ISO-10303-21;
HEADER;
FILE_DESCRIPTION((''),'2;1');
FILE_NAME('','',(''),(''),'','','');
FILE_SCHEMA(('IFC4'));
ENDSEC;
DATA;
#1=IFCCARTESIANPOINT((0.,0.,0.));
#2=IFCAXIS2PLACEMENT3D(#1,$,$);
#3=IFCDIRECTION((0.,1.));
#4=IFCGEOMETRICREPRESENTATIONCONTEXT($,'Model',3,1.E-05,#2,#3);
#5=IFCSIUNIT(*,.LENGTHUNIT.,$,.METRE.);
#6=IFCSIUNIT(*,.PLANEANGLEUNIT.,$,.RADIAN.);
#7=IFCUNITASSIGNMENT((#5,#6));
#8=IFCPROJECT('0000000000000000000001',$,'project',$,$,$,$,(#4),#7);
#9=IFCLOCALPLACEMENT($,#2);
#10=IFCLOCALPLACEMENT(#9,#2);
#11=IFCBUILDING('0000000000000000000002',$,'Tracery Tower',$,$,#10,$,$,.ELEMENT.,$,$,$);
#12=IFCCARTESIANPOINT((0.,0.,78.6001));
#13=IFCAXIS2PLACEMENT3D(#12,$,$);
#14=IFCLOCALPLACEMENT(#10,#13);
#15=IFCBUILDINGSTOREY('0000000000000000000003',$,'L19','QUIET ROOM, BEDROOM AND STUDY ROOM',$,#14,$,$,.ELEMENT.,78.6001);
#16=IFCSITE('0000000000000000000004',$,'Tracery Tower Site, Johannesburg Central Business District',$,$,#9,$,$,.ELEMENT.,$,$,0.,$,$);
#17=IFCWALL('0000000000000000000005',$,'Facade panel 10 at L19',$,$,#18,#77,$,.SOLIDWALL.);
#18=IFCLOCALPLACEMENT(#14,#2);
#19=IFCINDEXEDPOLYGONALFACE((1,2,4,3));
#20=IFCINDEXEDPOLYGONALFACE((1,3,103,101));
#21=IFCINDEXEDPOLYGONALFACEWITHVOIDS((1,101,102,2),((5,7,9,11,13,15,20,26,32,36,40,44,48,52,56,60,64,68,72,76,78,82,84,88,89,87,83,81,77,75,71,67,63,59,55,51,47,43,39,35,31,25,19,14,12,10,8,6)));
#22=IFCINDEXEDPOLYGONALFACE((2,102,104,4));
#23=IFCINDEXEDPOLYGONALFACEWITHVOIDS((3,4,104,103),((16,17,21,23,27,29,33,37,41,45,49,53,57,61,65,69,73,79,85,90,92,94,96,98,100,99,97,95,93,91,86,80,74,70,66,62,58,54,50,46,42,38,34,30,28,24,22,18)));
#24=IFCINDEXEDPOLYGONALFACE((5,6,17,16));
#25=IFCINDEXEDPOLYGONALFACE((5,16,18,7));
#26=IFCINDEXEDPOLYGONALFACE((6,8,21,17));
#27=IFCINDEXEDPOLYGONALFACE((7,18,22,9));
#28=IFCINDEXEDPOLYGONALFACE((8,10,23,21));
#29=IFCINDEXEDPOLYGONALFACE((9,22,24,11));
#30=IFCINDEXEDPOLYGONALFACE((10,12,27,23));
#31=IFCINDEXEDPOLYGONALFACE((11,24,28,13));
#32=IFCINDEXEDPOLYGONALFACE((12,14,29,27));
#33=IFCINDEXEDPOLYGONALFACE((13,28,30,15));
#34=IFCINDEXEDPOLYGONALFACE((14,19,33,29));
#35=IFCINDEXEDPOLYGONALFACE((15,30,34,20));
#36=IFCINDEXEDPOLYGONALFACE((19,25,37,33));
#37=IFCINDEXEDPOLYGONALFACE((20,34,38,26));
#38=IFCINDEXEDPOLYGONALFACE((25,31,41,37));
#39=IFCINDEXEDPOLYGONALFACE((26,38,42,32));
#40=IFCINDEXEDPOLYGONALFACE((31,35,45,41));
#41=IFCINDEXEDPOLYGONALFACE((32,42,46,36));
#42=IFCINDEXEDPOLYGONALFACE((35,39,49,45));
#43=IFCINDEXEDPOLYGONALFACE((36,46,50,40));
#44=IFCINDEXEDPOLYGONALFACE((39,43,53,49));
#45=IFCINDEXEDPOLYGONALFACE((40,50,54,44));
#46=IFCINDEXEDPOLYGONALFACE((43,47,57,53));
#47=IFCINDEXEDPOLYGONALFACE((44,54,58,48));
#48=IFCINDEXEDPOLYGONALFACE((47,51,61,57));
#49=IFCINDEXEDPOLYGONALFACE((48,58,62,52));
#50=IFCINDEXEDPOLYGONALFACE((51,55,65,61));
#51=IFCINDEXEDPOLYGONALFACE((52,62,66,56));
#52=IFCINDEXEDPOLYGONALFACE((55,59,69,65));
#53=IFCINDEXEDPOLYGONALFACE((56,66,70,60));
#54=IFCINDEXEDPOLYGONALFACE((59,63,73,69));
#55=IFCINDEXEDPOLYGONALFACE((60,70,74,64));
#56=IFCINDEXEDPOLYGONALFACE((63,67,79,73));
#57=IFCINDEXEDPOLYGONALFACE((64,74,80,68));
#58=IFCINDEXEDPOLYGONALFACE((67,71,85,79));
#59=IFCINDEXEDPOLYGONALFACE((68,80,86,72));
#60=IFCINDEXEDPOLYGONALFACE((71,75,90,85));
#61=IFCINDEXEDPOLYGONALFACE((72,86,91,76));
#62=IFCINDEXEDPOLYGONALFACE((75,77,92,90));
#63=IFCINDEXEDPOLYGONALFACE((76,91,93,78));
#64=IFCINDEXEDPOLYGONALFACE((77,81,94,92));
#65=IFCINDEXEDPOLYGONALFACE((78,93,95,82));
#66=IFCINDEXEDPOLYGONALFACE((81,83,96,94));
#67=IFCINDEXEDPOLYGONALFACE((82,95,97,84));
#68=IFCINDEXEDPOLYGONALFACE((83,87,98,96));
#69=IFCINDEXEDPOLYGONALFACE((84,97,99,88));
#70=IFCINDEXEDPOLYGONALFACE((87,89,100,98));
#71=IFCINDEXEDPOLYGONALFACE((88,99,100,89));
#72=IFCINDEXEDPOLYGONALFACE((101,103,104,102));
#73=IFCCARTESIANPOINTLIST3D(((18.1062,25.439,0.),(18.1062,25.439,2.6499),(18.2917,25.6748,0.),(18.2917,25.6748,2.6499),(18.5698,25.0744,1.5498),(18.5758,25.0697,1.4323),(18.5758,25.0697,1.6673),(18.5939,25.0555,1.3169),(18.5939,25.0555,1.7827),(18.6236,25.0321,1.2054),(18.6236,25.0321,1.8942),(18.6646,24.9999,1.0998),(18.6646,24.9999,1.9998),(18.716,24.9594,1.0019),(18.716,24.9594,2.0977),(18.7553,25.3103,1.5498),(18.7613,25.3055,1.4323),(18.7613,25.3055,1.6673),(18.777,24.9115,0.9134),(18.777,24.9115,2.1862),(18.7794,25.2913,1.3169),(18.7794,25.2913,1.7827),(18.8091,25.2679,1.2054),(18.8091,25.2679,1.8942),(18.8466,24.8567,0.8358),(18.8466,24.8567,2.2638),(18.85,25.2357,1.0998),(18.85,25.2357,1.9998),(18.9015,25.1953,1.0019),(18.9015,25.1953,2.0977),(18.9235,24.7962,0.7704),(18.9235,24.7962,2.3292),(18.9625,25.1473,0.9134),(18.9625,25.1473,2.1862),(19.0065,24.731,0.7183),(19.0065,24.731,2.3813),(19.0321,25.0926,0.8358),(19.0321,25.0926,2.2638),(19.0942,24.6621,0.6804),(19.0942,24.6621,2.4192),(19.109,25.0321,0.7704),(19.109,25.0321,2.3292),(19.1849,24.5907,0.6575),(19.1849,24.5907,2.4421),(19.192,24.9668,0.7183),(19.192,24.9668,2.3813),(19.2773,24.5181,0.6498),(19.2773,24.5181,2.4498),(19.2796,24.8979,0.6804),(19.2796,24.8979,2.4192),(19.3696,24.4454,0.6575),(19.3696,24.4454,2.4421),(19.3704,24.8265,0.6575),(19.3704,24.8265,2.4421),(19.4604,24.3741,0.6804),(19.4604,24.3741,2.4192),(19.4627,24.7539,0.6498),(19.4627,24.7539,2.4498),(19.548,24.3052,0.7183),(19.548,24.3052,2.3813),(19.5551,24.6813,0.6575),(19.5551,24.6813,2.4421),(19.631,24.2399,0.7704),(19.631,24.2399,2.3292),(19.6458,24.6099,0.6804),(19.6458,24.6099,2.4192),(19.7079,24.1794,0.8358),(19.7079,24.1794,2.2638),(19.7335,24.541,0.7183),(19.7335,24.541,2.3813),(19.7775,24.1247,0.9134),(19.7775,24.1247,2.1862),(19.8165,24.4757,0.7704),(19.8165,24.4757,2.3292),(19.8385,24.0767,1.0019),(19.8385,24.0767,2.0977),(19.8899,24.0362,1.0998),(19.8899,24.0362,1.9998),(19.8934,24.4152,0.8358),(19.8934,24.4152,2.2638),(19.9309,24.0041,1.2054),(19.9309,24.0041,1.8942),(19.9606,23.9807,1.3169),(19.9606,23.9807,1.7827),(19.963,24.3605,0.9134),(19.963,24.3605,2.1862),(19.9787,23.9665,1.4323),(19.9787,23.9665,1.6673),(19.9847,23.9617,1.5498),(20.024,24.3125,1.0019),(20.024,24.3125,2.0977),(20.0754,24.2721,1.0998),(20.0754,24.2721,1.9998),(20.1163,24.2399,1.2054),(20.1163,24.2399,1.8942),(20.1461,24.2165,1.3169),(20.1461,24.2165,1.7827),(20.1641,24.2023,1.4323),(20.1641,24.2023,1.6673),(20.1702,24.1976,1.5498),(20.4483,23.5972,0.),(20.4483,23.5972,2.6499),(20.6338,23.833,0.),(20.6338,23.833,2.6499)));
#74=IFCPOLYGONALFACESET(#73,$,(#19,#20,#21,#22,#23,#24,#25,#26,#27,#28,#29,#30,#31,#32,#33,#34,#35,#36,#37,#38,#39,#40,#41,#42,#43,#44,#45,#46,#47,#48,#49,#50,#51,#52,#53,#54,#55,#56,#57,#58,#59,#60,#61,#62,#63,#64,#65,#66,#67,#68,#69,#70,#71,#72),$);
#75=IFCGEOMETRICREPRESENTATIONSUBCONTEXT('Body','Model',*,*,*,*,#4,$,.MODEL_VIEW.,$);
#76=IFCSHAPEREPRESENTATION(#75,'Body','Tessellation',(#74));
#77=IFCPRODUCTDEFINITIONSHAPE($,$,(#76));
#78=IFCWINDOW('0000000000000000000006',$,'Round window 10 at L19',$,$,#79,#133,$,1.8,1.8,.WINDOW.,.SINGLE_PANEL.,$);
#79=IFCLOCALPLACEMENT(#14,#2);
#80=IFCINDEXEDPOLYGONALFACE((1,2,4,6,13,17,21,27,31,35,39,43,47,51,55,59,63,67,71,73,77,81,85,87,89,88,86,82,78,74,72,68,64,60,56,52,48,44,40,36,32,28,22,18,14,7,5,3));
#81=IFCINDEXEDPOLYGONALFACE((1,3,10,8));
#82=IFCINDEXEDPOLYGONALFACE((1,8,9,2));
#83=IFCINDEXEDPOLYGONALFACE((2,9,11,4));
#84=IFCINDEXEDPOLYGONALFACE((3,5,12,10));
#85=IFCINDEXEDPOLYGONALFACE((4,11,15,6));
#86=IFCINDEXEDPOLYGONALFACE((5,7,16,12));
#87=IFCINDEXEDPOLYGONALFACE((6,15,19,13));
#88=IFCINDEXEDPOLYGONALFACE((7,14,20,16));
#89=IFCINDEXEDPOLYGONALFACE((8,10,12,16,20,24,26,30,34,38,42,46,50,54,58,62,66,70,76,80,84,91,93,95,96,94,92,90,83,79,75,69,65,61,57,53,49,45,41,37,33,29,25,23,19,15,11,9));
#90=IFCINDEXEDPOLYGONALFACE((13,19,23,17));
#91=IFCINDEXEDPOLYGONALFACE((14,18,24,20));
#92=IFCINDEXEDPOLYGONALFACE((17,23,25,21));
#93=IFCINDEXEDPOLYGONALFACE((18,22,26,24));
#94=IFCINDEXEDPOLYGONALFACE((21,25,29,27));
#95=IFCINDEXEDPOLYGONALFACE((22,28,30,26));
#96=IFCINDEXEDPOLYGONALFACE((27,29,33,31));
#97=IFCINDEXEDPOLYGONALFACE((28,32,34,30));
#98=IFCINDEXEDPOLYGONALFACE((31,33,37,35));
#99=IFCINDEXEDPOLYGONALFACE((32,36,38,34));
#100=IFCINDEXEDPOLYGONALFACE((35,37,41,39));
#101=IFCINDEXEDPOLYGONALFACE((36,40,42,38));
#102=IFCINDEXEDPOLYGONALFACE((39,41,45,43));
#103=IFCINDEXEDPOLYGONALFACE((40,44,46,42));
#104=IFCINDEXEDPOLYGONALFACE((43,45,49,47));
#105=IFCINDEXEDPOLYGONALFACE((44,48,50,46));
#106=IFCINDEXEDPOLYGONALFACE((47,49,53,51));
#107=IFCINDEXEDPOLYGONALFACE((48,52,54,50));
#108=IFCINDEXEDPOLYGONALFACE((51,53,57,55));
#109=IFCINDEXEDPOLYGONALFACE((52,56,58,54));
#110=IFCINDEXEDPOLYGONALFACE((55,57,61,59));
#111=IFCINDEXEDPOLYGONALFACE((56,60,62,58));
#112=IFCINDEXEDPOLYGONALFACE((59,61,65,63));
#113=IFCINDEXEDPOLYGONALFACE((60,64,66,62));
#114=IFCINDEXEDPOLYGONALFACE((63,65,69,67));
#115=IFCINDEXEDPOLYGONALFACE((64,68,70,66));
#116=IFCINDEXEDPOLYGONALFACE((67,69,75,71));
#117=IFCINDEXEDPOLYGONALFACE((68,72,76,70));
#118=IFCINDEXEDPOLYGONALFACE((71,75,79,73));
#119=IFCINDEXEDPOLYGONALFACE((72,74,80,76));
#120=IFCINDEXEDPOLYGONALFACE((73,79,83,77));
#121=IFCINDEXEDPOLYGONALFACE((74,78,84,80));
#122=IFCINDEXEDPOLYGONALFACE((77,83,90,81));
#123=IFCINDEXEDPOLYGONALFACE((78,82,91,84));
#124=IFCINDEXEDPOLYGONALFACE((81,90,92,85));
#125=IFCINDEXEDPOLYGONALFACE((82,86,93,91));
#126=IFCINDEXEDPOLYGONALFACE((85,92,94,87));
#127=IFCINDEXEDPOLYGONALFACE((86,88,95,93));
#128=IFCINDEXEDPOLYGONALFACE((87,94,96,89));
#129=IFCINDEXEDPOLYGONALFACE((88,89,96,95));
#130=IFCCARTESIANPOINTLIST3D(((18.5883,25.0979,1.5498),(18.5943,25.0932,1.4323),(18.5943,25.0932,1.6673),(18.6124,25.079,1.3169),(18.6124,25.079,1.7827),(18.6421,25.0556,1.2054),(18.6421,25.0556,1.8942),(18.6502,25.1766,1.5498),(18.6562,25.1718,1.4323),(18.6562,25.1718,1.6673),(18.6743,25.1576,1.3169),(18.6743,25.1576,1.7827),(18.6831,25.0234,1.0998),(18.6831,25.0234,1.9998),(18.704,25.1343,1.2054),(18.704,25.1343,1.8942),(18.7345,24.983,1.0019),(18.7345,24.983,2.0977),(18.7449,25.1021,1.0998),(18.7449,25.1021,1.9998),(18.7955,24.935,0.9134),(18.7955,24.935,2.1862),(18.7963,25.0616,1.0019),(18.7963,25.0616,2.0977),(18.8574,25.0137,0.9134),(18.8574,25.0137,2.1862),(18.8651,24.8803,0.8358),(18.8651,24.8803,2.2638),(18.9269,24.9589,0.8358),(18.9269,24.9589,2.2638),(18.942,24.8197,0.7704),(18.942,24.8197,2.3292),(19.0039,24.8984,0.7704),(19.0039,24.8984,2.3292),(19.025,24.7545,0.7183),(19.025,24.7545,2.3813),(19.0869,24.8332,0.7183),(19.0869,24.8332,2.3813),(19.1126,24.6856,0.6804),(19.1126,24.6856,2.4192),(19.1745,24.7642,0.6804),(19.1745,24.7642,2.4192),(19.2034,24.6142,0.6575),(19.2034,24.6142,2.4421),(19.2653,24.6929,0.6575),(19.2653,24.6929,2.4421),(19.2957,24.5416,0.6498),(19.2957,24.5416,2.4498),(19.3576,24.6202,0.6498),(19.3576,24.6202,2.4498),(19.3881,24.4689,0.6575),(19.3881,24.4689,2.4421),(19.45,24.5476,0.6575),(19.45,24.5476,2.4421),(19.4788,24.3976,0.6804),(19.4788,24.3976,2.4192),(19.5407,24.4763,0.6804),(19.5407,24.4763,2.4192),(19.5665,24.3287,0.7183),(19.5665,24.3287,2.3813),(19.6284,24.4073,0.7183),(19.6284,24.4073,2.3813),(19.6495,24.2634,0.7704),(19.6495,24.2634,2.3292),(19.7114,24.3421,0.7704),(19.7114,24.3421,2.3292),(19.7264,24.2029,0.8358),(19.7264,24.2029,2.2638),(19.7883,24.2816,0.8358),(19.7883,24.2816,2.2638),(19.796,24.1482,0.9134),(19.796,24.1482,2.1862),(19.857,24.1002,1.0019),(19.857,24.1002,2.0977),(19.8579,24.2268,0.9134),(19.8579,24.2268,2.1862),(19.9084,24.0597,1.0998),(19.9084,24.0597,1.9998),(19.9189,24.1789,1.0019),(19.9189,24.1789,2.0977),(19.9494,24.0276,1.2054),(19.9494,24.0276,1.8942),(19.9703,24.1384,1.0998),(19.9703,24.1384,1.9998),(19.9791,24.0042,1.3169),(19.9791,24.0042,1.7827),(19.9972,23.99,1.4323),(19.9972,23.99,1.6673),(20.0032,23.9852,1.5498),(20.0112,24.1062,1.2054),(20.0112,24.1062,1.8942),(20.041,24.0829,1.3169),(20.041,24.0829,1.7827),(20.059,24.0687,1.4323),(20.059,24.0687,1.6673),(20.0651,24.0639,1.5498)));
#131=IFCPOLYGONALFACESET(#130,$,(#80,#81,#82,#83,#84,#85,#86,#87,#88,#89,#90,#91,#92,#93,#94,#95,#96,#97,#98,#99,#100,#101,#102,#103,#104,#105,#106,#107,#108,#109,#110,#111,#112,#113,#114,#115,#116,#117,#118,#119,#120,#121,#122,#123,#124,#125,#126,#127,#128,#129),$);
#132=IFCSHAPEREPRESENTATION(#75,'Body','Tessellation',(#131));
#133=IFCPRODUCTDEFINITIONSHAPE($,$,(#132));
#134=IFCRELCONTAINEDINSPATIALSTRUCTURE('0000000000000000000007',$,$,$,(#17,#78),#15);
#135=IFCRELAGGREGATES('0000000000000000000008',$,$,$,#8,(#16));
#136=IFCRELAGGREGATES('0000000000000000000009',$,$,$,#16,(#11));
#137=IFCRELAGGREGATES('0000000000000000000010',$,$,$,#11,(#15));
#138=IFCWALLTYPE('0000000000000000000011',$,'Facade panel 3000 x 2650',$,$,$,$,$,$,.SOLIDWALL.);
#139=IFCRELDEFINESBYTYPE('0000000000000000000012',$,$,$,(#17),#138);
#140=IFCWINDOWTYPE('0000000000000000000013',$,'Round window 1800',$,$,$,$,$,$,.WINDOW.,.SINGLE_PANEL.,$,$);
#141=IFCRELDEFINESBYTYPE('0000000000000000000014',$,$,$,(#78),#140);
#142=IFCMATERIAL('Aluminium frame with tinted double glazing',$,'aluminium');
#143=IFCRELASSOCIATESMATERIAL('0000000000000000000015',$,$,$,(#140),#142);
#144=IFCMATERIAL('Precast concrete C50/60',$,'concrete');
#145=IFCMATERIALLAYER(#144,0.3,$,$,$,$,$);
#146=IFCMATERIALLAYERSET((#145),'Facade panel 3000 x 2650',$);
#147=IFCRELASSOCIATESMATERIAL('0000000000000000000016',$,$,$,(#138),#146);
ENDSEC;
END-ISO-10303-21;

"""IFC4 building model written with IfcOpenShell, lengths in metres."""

from ifc_helpers import new_model, si_unit, direction, frame, frame_2d, origin, origin_2d, place, context, subcontext, project, spatial, rectangle, circle, extrude, material, layer, layer_set, type_object, element, fill, save


model = new_model("IFC4")

# Units and contexts
model_context = context("Model", 3, precision=1e-05, world=origin(), true_north=direction((0.0, 1.0)))
body_context = subcontext(model_context, "Body", "Model", "MODEL_VIEW")
ifc_project = project(units=[si_unit("LENGTHUNIT", "METRE"), si_unit("PLANEANGLEUNIT", "RADIAN")], contexts=[model_context])

# Site, building, storey
site_placement = place(None, origin())
site = spatial("IfcSite", under=ifc_project, at=site_placement, Name="Tracery Tower Site, Johannesburg Central Business District", CompositionType="ELEMENT", RefElevation=0.0)
building_placement = place(site_placement, origin())
building = spatial("IfcBuilding", under=site, at=building_placement, Name="Tracery Tower", CompositionType="ELEMENT")
storey_placement = place(building_placement, frame((0.0, 0.0, 78.6001)))
storey = spatial("IfcBuildingStorey", under=building, at=storey_placement, Name="L19", Description="QUIET ROOM, BEDROOM AND STUDY ROOM", CompositionType="ELEMENT", Elevation=78.6001)

# Wall, opening, window
ifc_material_1 = material(Name="Aluminium frame with tinted double glazing", Category="aluminium")
window_type = type_object("IfcWindowType", Name="Round window 1800", PartitioningType="SINGLE_PANEL", PredefinedType="WINDOW", material=ifc_material_1)
ifc_material_2 = material(Name="Precast concrete C50/60", Category="concrete")
ifc_layer_1 = layer(ifc_material_2, 0.3)
ifc_layer_set_1 = layer_set([ifc_layer_1], Name="Facade panel 3000 x 2650")
wall_type_1 = type_object("IfcWallType", Name="Facade panel 3000 x 2650", PredefinedType="SOLIDWALL", material=ifc_layer_set_1)
wall_1_placement = place(storey_placement, frame((20.541, 23.7151, 0.0), z_axis=(0.0, 0.0, 1.0), x_axis=(-0.786054, 0.618158, 0.0)))
wall_1 = element("IfcWall", 1, at=wall_1_placement, inside=storey, type_object=wall_type_1, Name="Facade panel 10 at L19", PredefinedType="SOLIDWALL", context=body_context, shape_type="SweptSolid", body=[
    extrude(rectangle(XDim=2.9795, YDim=0.3, at=frame_2d((1.4897, 0.0))), origin(), (0.0, 0.0, 1.0), 2.6499),
])
opening_1_placement = place(wall_1_placement, frame((1.4897, 0.0, 1.5498)))
opening_1 = element("IfcOpeningElement", 2, at=opening_1_placement, cuts=wall_1, PredefinedType="OPENING", context=body_context, shape_type="SweptSolid", body=[
    extrude(circle(Radius=0.9, at=origin_2d()), frame((0.0, 0.1599, 0.0), z_axis=(0.0, -1.0, 0.0), x_axis=(1.0, 0.0, 0.0)), (0.0, 0.0, 1.0), 0.3201),
])
window_1_placement = place(opening_1_placement, origin())
window_1 = element("IfcWindow", 3, at=window_1_placement, inside=storey, type_object=window_type, Name="Round window 10 at L19", OverallHeight=1.8, OverallWidth=1.8, PartitioningType="SINGLE_PANEL", PredefinedType="WINDOW", context=body_context, shape_type="SweptSolid", body=[
    extrude(circle(Radius=0.9, at=origin_2d()), frame((0.0, 0.1201, 0.0), z_axis=(0.0, -1.0, 0.0), x_axis=(1.0, 0.0, 0.0)), (0.0, 0.0, 1.0), 0.1001),
])
fill(opening_1, window_1)

save(model, "model.ifc")
